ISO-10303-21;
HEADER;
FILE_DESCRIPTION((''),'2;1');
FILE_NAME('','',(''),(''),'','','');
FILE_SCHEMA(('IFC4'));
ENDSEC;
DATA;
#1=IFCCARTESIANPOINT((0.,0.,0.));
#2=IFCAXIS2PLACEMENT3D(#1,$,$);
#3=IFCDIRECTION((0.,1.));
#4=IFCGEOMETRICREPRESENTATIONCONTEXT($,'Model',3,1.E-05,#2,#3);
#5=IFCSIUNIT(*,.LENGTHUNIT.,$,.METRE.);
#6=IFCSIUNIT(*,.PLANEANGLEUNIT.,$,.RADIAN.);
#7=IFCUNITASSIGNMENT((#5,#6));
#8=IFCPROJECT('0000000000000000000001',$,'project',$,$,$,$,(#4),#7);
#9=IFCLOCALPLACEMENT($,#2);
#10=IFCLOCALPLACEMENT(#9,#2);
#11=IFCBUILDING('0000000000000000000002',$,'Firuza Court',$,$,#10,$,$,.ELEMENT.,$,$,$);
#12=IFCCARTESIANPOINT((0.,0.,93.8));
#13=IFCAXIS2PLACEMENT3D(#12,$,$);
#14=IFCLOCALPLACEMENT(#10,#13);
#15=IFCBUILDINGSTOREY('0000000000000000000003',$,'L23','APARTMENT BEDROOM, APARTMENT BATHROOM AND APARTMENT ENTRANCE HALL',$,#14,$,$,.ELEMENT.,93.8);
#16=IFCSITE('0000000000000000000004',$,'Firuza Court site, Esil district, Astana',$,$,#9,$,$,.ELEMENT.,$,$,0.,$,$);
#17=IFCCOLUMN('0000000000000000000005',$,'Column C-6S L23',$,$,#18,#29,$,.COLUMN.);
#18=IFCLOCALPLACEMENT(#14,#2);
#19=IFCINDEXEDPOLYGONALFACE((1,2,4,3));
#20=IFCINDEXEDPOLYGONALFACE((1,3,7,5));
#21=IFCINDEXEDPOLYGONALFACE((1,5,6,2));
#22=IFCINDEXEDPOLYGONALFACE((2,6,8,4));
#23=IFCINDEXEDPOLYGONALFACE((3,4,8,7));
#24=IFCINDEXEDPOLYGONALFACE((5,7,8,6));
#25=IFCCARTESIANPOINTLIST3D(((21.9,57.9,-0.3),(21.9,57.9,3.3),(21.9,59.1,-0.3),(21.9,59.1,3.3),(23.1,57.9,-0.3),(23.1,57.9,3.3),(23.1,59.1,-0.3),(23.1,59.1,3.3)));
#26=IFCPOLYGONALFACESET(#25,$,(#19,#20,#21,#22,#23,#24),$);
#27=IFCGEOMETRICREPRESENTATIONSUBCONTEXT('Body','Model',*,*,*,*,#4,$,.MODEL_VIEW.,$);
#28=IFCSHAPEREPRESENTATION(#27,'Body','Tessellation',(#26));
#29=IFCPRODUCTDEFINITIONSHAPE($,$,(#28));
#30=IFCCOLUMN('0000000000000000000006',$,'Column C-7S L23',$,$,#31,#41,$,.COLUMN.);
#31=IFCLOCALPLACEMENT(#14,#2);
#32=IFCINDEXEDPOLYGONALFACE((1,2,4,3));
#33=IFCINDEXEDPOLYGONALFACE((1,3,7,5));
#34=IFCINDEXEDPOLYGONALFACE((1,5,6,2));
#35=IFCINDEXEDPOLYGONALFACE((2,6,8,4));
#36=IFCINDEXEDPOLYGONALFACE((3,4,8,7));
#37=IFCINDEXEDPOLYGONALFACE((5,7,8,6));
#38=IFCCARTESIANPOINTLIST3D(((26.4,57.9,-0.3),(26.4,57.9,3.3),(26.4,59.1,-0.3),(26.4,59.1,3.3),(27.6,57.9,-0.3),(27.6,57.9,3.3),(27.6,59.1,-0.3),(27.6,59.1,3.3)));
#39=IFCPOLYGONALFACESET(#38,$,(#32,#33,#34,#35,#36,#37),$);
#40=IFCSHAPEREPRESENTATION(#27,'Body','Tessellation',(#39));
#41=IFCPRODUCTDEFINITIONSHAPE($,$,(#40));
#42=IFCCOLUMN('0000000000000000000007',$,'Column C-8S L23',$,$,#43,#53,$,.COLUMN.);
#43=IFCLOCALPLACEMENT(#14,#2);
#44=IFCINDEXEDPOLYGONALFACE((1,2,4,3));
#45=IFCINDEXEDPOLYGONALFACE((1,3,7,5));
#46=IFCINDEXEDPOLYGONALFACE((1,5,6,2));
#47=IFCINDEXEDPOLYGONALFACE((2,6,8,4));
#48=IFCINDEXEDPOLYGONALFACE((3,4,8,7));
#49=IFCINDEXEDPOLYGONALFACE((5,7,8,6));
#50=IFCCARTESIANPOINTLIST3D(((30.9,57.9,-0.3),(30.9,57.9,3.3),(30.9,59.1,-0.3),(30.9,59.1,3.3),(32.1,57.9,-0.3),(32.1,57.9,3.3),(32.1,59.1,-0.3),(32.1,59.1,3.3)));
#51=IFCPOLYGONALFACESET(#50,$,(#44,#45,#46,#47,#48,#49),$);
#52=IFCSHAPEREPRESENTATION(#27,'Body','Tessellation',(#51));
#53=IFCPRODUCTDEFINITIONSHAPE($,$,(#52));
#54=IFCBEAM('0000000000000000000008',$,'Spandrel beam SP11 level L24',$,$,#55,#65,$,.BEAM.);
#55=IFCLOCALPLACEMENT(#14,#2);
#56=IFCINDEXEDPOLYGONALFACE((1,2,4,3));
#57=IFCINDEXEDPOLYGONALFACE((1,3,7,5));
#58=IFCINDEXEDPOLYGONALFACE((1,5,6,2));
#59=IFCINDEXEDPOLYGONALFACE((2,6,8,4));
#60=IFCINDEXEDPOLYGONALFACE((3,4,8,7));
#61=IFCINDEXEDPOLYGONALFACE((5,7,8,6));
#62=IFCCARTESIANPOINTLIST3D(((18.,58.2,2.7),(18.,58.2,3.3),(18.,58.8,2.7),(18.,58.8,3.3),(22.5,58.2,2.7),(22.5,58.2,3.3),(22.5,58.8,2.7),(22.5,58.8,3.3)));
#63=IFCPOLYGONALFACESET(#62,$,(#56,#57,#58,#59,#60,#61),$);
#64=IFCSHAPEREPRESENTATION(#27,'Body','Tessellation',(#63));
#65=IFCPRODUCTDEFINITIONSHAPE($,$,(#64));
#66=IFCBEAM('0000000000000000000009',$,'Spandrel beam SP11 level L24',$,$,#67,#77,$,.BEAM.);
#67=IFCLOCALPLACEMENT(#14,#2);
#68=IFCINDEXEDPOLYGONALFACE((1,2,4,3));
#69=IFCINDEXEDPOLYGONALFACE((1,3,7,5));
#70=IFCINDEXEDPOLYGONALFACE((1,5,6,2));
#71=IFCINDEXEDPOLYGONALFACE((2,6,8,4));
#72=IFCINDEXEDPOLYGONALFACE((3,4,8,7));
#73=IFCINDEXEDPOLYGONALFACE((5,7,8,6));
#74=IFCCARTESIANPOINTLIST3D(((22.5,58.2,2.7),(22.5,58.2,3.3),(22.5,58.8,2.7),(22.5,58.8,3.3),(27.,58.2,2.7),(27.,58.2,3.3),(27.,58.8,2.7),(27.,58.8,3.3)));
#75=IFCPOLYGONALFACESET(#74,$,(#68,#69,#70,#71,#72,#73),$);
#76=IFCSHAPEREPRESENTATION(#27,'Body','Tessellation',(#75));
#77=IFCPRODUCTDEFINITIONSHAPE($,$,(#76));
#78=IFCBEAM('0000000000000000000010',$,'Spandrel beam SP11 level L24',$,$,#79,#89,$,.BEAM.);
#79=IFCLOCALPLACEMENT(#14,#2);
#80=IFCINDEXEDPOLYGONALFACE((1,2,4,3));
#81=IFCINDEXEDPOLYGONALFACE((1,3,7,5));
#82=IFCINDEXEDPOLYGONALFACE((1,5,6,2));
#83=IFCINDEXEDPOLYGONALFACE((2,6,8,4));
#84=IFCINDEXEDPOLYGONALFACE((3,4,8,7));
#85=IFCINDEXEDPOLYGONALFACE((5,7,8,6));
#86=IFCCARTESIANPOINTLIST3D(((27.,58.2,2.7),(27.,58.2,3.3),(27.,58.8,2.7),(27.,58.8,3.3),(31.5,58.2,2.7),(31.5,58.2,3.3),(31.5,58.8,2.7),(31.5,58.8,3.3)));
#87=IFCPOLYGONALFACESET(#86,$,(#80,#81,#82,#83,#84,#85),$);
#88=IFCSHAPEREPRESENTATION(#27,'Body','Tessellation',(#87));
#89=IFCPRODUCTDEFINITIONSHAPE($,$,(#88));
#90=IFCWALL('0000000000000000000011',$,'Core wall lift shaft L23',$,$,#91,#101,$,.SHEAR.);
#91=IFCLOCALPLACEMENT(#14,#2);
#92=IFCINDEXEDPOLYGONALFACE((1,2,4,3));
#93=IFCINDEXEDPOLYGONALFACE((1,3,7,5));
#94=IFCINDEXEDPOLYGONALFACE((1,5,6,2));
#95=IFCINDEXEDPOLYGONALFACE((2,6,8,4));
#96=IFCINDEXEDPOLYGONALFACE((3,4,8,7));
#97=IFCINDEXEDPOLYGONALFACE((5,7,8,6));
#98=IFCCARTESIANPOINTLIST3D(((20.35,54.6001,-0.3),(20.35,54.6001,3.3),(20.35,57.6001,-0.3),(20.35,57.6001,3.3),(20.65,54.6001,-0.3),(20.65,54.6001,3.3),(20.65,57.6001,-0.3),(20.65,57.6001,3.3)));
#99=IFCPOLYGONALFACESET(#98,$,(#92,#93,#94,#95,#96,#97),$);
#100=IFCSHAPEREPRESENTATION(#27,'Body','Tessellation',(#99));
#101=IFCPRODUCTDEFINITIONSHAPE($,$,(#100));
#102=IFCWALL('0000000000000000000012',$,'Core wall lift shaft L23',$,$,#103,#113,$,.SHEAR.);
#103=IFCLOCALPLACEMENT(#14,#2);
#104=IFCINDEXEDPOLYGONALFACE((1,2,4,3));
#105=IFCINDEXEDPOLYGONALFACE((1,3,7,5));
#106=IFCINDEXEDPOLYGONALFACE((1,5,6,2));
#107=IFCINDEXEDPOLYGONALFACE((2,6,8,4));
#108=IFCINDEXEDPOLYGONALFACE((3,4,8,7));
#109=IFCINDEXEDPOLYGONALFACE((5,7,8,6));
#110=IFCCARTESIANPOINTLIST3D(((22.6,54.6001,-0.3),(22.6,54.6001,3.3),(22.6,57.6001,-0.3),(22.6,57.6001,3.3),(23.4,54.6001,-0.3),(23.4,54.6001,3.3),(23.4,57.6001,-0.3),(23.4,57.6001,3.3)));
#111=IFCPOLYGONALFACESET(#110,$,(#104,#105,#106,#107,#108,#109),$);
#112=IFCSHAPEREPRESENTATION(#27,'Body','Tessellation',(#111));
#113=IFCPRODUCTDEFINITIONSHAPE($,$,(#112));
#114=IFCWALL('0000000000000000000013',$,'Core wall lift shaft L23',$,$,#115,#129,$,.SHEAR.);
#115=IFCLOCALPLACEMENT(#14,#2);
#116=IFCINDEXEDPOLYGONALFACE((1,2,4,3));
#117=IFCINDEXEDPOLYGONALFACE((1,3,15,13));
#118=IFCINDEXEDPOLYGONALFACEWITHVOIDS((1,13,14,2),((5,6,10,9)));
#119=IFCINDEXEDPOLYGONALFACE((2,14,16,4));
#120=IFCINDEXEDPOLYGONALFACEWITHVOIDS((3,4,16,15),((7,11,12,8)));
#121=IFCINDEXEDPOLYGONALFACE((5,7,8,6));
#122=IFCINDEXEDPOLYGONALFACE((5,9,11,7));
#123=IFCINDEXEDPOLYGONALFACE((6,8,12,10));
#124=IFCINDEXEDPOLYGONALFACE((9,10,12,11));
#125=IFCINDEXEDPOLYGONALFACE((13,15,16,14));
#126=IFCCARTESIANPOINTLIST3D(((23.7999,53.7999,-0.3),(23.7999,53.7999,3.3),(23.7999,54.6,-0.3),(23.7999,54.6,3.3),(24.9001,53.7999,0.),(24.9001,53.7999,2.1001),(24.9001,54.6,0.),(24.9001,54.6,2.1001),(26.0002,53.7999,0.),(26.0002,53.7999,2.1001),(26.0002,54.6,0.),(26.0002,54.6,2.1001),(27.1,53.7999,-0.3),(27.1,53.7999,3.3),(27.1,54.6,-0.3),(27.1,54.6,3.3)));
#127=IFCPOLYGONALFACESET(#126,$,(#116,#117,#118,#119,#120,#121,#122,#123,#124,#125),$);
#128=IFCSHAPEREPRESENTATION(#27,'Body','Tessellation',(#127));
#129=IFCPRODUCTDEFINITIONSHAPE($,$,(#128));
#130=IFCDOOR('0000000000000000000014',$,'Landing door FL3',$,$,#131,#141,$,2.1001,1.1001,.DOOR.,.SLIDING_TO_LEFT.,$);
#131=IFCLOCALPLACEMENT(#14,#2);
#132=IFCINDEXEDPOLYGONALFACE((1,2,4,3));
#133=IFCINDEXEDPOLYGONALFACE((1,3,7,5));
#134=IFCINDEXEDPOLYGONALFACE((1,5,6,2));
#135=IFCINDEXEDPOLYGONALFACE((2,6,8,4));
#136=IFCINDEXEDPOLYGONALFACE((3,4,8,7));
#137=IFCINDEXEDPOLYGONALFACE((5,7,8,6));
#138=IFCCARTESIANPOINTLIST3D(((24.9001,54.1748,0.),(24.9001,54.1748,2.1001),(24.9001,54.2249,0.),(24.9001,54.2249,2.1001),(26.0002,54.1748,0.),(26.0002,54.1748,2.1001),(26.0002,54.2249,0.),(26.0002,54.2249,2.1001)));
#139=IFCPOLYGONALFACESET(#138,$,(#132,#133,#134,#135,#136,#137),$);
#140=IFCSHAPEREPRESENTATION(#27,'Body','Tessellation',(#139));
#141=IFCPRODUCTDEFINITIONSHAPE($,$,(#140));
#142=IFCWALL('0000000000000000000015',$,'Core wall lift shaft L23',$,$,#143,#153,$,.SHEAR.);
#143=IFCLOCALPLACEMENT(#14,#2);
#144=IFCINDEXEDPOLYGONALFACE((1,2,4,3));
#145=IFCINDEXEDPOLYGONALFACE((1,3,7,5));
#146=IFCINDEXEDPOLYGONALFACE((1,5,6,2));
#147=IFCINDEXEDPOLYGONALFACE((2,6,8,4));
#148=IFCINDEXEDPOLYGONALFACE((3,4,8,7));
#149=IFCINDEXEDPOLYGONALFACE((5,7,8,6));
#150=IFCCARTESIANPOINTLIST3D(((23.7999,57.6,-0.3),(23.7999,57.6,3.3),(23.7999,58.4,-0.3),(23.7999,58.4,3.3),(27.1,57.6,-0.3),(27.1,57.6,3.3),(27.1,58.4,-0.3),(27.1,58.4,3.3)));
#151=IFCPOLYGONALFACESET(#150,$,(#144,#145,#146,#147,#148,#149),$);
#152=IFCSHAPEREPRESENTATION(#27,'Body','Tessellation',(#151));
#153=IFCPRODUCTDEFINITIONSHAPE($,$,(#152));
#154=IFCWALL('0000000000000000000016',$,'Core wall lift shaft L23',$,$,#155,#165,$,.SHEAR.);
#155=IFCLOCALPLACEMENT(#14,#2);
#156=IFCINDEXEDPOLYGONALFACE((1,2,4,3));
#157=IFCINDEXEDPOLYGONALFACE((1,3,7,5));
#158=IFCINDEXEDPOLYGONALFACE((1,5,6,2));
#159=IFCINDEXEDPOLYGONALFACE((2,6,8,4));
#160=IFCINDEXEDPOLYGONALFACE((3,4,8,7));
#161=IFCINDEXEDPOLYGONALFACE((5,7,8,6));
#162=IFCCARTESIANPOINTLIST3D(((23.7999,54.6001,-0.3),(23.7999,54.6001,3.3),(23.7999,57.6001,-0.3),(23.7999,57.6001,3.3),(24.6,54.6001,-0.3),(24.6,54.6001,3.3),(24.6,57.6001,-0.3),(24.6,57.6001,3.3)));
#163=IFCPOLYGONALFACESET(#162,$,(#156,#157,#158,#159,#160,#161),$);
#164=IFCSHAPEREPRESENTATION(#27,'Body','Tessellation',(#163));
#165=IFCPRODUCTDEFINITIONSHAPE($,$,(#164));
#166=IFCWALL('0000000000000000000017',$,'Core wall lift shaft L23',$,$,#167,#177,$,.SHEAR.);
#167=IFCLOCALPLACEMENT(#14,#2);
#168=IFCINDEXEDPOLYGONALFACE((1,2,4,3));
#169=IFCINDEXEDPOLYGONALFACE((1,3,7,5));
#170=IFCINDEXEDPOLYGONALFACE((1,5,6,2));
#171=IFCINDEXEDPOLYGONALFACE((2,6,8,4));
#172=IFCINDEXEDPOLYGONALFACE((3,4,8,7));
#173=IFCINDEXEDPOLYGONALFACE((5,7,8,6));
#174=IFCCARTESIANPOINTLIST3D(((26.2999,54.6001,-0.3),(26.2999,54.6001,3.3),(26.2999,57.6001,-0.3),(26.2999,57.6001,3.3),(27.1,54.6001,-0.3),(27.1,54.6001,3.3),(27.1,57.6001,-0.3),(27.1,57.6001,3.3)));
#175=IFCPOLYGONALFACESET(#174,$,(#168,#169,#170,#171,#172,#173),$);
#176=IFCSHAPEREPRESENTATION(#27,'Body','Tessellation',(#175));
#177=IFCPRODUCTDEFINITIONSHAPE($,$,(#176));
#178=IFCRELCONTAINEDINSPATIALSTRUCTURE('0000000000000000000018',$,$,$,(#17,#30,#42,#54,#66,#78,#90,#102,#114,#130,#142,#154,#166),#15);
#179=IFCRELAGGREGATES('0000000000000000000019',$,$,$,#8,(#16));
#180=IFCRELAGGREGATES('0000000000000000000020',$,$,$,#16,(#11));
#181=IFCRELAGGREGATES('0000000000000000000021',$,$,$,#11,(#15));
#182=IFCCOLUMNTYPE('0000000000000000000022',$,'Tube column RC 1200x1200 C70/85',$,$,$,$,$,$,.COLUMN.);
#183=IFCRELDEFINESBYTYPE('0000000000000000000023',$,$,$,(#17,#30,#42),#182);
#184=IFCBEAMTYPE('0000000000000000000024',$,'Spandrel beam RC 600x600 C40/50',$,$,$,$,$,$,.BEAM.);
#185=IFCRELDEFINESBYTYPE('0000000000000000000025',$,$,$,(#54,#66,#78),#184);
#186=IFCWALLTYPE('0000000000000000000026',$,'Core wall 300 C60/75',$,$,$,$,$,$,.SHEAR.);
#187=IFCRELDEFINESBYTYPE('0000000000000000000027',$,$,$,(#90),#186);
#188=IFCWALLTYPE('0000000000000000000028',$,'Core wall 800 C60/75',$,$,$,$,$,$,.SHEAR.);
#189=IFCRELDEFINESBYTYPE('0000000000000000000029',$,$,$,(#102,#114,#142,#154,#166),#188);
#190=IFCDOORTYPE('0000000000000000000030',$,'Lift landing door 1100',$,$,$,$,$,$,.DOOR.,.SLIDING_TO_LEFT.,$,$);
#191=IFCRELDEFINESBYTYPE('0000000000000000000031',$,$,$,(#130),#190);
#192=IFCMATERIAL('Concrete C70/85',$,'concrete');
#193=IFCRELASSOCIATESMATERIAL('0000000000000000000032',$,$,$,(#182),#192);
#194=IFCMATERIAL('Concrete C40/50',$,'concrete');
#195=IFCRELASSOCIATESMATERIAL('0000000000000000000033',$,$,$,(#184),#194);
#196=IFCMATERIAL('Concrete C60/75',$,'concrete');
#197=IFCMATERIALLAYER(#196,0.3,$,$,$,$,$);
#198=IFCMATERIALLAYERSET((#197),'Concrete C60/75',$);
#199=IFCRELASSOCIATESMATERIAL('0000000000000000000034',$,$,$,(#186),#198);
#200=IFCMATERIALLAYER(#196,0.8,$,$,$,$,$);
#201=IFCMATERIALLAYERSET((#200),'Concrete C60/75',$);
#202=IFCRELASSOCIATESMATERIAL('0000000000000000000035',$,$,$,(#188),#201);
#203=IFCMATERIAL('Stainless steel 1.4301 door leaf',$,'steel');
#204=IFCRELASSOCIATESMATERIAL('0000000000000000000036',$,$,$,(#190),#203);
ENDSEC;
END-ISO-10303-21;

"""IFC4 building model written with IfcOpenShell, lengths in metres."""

from ifc_helpers import new_model, si_unit, direction, frame, frame_2d, origin, origin_2d, place, context, subcontext, project, spatial, rectangle, extrude, material, layer, layer_set, material_profile, profile_set, type_object, element, fill, save


model = new_model("IFC4")

# Units and contexts
model_context = context("Model", 3, precision=1e-05, world=origin(), true_north=direction((0.0, 1.0)))
body_context = subcontext(model_context, "Body", "Model", "MODEL_VIEW")
ifc_project = project(units=[si_unit("LENGTHUNIT", "METRE"), si_unit("PLANEANGLEUNIT", "RADIAN")], contexts=[model_context])

# Site, building, storey
site_placement = place(None, origin())
site = spatial("IfcSite", under=ifc_project, at=site_placement, Name="Firuza Court site, Esil district, Astana", CompositionType="ELEMENT", RefElevation=0.0)
building_placement = place(site_placement, origin())
building = spatial("IfcBuilding", under=site, at=building_placement, Name="Firuza Court", CompositionType="ELEMENT")
storey_placement = place(building_placement, frame((0.0, 0.0, 93.8)))
storey = spatial("IfcBuildingStorey", under=building, at=storey_placement, Name="L23", Description="APARTMENT BEDROOM, APARTMENT BATHROOM AND APARTMENT ENTRANCE HALL", CompositionType="ELEMENT", Elevation=93.8)

# Columns
ifc_material_1 = material(Name="Concrete C70/85", Category="concrete")
ifc_material_profile_1 = material_profile(ifc_material_1, rectangle(XDim=1.2, YDim=1.2, at=origin_2d()), Name="RC 1200x1200")
ifc_profile_set_1 = profile_set([ifc_material_profile_1], Name="Concrete C70/85")
column_type = type_object("IfcColumnType", Name="Tube column RC 1200x1200 C70/85", PredefinedType="COLUMN", material=ifc_profile_set_1)
for number, where, z_axis, x_axis, name in (
    (1, (22.5, 58.5, -0.3), (0.0, 0.0, 1.0), (1.0, 0.0, 0.0), "Column C-6S L23"),
    (2, (27.0, 58.5, -0.3), (0.0, 0.0, 1.0), (1.0, 0.0, 0.0), "Column C-7S L23"),
    (3, (31.5, 58.5, -0.3), (0.0, 0.0, 1.0), (1.0, 0.0, 0.0), "Column C-8S L23"),
):
    element("IfcColumn", number, at=place(storey_placement, frame(where, z_axis=z_axis, x_axis=x_axis)), inside=storey, type_object=column_type, Name=name, PredefinedType="COLUMN", context=body_context, shape_type="SweptSolid", body=[
        extrude(rectangle(XDim=1.2, YDim=1.2, at=origin_2d()), origin(), (0.0, 0.0, 1.0), 3.6001),
    ])

# Beams
ifc_material_2 = material(Name="Concrete C40/50", Category="concrete")
ifc_material_profile_2 = material_profile(ifc_material_2, rectangle(XDim=0.6001, YDim=0.6001, at=origin_2d()), Name="RC 600x600")
ifc_profile_set_2 = profile_set([ifc_material_profile_2], Name="Concrete C40/50")
beam_type = type_object("IfcBeamType", Name="Spandrel beam RC 600x600 C40/50", PredefinedType="BEAM", material=ifc_profile_set_2)
for number, where, z_axis, x_axis, name in (
    (4, (22.5, 58.5, 3.0), (-1.0, 0.0, 0.0), (0.0, -1.0, 0.0), "Spandrel beam SP11 level L24"),
    (5, (27.0, 58.5, 3.0), (-1.0, 0.0, 0.0), (0.0, -1.0, 0.0), "Spandrel beam SP11 level L24"),
    (6, (31.5, 58.5, 3.0), (-1.0, 0.0, 0.0), (0.0, -1.0, 0.0), "Spandrel beam SP11 level L24"),
):
    element("IfcBeam", number, at=place(storey_placement, frame(where, z_axis=z_axis, x_axis=x_axis)), inside=storey, type_object=beam_type, Name=name, PredefinedType="BEAM", context=body_context, shape_type="SweptSolid", body=[
        extrude(rectangle(XDim=0.6001, YDim=0.6001, at=origin_2d()), origin(), (0.0, 0.0, 1.0), 4.5),
    ])

# Walls
ifc_material_3 = material(Name="Concrete C60/75", Category="concrete")
ifc_layer_1 = layer(ifc_material_3, 0.3)
ifc_layer_set_1 = layer_set([ifc_layer_1], Name="Concrete C60/75")
wall_type_1 = type_object("IfcWallType", Name="Core wall 300 C60/75", PredefinedType="SHEAR", material=ifc_layer_set_1)
wall_1_placement = place(storey_placement, frame((20.5, 54.6001, -0.3), z_axis=(0.0, 0.0, 1.0), x_axis=(0.0, 1.0, 0.0)))
element("IfcWall", 7, at=wall_1_placement, inside=storey, type_object=wall_type_1, Name="Core wall lift shaft L23", PredefinedType="SHEAR", context=body_context, shape_type="SweptSolid", body=[
    extrude(rectangle(XDim=3.0, YDim=0.3, at=frame_2d((1.5, 0.0))), origin(), (0.0, 0.0, 1.0), 3.6001),
])
ifc_layer_2 = layer(ifc_material_3, 0.8)
ifc_layer_set_2 = layer_set([ifc_layer_2], Name="Concrete C60/75")
wall_type_2 = type_object("IfcWallType", Name="Core wall 800 C60/75", PredefinedType="SHEAR", material=ifc_layer_set_2)
wall_2_placement = place(storey_placement, frame((23.0, 54.6001, -0.3), z_axis=(0.0, 0.0, 1.0), x_axis=(0.0, 1.0, 0.0)))
element("IfcWall", 8, at=wall_2_placement, inside=storey, type_object=wall_type_2, Name="Core wall lift shaft L23", PredefinedType="SHEAR", context=body_context, shape_type="SweptSolid", body=[
    extrude(rectangle(XDim=3.0, YDim=0.8, at=frame_2d((1.5, 0.0))), origin(), (0.0, 0.0, 1.0), 3.6001),
])

# Wall, opening, door
wall_3_placement = place(storey_placement, frame((23.8, 54.2, -0.3), z_axis=(0.0, 0.0, 1.0), x_axis=(1.0, 0.0, 0.0)))
wall_3 = element("IfcWall", 9, at=wall_3_placement, inside=storey, type_object=wall_type_2, Name="Core wall lift shaft L23", PredefinedType="SHEAR", context=body_context, shape_type="SweptSolid", body=[
    extrude(rectangle(XDim=3.3, YDim=0.8, at=frame_2d((1.6499, 0.0))), origin(), (0.0, 0.0, 1.0), 3.6001),
])
opening_1_placement = place(wall_3_placement, frame((1.1001, 0.0, 0.3)))
opening_1 = element("IfcOpeningElement", 10, at=opening_1_placement, cuts=wall_3, PredefinedType="OPENING", context=body_context, shape_type="SweptSolid", body=[
    extrude(rectangle(XDim=1.1001, YDim=2.1001, at=frame_2d((0.55, 1.05))), frame((0.0, 0.4121, 0.0), z_axis=(0.0, -1.0, 0.0), x_axis=(1.0, 0.0, 0.0)), (0.0, 0.0, 1.0), 0.824),
])
ifc_material_4 = material(Name="Stainless steel 1.4301 door leaf", Category="steel")
door_type_1 = type_object("IfcDoorType", Name="Lift landing door 1100", OperationType="SLIDING_TO_LEFT", PredefinedType="DOOR", material=ifc_material_4)
door_1_placement = place(opening_1_placement, origin())
door_1 = element("IfcDoor", 11, at=door_1_placement, inside=storey, type_object=door_type_1, Name="Landing door FL3", OperationType="SLIDING_TO_LEFT", OverallHeight=2.1001, OverallWidth=1.1001, PredefinedType="DOOR", context=body_context, shape_type="SweptSolid", body=[
    extrude(rectangle(XDim=1.1001, YDim=2.1001, at=frame_2d((0.55, 1.05))), frame((0.0, 0.0249, 0.0), z_axis=(0.0, -1.0, 0.0), x_axis=(1.0, 0.0, 0.0)), (0.0, 0.0, 1.0), 0.05),
])
fill(opening_1, door_1)

# Walls
wall_4_placement = place(storey_placement, frame((23.8, 58.0, -0.3), z_axis=(0.0, 0.0, 1.0), x_axis=(1.0, 0.0, 0.0)))
element("IfcWall", 12, at=wall_4_placement, inside=storey, type_object=wall_type_2, Name="Core wall lift shaft L23", PredefinedType="SHEAR", context=body_context, shape_type="SweptSolid", body=[
    extrude(rectangle(XDim=3.3, YDim=0.8, at=frame_2d((1.6499, 0.0))), origin(), (0.0, 0.0, 1.0), 3.6001),
])
for number, where, z_axis, x_axis, name in (
    (13, (24.2, 54.6001, -0.3), (0.0, 0.0, 1.0), (0.0, 1.0, 0.0), "Core wall lift shaft L23"),
    (14, (26.7, 54.6001, -0.3), (0.0, 0.0, 1.0), (0.0, 1.0, 0.0), "Core wall lift shaft L23"),
):
    element("IfcWall", number, at=place(storey_placement, frame(where, z_axis=z_axis, x_axis=x_axis)), inside=storey, type_object=wall_type_2, Name=name, PredefinedType="SHEAR", context=body_context, shape_type="SweptSolid", body=[
        extrude(rectangle(XDim=3.0, YDim=0.8, at=frame_2d((1.5, 0.0))), origin(), (0.0, 0.0, 1.0), 3.6001),
    ])

save(model, "model.ifc")
